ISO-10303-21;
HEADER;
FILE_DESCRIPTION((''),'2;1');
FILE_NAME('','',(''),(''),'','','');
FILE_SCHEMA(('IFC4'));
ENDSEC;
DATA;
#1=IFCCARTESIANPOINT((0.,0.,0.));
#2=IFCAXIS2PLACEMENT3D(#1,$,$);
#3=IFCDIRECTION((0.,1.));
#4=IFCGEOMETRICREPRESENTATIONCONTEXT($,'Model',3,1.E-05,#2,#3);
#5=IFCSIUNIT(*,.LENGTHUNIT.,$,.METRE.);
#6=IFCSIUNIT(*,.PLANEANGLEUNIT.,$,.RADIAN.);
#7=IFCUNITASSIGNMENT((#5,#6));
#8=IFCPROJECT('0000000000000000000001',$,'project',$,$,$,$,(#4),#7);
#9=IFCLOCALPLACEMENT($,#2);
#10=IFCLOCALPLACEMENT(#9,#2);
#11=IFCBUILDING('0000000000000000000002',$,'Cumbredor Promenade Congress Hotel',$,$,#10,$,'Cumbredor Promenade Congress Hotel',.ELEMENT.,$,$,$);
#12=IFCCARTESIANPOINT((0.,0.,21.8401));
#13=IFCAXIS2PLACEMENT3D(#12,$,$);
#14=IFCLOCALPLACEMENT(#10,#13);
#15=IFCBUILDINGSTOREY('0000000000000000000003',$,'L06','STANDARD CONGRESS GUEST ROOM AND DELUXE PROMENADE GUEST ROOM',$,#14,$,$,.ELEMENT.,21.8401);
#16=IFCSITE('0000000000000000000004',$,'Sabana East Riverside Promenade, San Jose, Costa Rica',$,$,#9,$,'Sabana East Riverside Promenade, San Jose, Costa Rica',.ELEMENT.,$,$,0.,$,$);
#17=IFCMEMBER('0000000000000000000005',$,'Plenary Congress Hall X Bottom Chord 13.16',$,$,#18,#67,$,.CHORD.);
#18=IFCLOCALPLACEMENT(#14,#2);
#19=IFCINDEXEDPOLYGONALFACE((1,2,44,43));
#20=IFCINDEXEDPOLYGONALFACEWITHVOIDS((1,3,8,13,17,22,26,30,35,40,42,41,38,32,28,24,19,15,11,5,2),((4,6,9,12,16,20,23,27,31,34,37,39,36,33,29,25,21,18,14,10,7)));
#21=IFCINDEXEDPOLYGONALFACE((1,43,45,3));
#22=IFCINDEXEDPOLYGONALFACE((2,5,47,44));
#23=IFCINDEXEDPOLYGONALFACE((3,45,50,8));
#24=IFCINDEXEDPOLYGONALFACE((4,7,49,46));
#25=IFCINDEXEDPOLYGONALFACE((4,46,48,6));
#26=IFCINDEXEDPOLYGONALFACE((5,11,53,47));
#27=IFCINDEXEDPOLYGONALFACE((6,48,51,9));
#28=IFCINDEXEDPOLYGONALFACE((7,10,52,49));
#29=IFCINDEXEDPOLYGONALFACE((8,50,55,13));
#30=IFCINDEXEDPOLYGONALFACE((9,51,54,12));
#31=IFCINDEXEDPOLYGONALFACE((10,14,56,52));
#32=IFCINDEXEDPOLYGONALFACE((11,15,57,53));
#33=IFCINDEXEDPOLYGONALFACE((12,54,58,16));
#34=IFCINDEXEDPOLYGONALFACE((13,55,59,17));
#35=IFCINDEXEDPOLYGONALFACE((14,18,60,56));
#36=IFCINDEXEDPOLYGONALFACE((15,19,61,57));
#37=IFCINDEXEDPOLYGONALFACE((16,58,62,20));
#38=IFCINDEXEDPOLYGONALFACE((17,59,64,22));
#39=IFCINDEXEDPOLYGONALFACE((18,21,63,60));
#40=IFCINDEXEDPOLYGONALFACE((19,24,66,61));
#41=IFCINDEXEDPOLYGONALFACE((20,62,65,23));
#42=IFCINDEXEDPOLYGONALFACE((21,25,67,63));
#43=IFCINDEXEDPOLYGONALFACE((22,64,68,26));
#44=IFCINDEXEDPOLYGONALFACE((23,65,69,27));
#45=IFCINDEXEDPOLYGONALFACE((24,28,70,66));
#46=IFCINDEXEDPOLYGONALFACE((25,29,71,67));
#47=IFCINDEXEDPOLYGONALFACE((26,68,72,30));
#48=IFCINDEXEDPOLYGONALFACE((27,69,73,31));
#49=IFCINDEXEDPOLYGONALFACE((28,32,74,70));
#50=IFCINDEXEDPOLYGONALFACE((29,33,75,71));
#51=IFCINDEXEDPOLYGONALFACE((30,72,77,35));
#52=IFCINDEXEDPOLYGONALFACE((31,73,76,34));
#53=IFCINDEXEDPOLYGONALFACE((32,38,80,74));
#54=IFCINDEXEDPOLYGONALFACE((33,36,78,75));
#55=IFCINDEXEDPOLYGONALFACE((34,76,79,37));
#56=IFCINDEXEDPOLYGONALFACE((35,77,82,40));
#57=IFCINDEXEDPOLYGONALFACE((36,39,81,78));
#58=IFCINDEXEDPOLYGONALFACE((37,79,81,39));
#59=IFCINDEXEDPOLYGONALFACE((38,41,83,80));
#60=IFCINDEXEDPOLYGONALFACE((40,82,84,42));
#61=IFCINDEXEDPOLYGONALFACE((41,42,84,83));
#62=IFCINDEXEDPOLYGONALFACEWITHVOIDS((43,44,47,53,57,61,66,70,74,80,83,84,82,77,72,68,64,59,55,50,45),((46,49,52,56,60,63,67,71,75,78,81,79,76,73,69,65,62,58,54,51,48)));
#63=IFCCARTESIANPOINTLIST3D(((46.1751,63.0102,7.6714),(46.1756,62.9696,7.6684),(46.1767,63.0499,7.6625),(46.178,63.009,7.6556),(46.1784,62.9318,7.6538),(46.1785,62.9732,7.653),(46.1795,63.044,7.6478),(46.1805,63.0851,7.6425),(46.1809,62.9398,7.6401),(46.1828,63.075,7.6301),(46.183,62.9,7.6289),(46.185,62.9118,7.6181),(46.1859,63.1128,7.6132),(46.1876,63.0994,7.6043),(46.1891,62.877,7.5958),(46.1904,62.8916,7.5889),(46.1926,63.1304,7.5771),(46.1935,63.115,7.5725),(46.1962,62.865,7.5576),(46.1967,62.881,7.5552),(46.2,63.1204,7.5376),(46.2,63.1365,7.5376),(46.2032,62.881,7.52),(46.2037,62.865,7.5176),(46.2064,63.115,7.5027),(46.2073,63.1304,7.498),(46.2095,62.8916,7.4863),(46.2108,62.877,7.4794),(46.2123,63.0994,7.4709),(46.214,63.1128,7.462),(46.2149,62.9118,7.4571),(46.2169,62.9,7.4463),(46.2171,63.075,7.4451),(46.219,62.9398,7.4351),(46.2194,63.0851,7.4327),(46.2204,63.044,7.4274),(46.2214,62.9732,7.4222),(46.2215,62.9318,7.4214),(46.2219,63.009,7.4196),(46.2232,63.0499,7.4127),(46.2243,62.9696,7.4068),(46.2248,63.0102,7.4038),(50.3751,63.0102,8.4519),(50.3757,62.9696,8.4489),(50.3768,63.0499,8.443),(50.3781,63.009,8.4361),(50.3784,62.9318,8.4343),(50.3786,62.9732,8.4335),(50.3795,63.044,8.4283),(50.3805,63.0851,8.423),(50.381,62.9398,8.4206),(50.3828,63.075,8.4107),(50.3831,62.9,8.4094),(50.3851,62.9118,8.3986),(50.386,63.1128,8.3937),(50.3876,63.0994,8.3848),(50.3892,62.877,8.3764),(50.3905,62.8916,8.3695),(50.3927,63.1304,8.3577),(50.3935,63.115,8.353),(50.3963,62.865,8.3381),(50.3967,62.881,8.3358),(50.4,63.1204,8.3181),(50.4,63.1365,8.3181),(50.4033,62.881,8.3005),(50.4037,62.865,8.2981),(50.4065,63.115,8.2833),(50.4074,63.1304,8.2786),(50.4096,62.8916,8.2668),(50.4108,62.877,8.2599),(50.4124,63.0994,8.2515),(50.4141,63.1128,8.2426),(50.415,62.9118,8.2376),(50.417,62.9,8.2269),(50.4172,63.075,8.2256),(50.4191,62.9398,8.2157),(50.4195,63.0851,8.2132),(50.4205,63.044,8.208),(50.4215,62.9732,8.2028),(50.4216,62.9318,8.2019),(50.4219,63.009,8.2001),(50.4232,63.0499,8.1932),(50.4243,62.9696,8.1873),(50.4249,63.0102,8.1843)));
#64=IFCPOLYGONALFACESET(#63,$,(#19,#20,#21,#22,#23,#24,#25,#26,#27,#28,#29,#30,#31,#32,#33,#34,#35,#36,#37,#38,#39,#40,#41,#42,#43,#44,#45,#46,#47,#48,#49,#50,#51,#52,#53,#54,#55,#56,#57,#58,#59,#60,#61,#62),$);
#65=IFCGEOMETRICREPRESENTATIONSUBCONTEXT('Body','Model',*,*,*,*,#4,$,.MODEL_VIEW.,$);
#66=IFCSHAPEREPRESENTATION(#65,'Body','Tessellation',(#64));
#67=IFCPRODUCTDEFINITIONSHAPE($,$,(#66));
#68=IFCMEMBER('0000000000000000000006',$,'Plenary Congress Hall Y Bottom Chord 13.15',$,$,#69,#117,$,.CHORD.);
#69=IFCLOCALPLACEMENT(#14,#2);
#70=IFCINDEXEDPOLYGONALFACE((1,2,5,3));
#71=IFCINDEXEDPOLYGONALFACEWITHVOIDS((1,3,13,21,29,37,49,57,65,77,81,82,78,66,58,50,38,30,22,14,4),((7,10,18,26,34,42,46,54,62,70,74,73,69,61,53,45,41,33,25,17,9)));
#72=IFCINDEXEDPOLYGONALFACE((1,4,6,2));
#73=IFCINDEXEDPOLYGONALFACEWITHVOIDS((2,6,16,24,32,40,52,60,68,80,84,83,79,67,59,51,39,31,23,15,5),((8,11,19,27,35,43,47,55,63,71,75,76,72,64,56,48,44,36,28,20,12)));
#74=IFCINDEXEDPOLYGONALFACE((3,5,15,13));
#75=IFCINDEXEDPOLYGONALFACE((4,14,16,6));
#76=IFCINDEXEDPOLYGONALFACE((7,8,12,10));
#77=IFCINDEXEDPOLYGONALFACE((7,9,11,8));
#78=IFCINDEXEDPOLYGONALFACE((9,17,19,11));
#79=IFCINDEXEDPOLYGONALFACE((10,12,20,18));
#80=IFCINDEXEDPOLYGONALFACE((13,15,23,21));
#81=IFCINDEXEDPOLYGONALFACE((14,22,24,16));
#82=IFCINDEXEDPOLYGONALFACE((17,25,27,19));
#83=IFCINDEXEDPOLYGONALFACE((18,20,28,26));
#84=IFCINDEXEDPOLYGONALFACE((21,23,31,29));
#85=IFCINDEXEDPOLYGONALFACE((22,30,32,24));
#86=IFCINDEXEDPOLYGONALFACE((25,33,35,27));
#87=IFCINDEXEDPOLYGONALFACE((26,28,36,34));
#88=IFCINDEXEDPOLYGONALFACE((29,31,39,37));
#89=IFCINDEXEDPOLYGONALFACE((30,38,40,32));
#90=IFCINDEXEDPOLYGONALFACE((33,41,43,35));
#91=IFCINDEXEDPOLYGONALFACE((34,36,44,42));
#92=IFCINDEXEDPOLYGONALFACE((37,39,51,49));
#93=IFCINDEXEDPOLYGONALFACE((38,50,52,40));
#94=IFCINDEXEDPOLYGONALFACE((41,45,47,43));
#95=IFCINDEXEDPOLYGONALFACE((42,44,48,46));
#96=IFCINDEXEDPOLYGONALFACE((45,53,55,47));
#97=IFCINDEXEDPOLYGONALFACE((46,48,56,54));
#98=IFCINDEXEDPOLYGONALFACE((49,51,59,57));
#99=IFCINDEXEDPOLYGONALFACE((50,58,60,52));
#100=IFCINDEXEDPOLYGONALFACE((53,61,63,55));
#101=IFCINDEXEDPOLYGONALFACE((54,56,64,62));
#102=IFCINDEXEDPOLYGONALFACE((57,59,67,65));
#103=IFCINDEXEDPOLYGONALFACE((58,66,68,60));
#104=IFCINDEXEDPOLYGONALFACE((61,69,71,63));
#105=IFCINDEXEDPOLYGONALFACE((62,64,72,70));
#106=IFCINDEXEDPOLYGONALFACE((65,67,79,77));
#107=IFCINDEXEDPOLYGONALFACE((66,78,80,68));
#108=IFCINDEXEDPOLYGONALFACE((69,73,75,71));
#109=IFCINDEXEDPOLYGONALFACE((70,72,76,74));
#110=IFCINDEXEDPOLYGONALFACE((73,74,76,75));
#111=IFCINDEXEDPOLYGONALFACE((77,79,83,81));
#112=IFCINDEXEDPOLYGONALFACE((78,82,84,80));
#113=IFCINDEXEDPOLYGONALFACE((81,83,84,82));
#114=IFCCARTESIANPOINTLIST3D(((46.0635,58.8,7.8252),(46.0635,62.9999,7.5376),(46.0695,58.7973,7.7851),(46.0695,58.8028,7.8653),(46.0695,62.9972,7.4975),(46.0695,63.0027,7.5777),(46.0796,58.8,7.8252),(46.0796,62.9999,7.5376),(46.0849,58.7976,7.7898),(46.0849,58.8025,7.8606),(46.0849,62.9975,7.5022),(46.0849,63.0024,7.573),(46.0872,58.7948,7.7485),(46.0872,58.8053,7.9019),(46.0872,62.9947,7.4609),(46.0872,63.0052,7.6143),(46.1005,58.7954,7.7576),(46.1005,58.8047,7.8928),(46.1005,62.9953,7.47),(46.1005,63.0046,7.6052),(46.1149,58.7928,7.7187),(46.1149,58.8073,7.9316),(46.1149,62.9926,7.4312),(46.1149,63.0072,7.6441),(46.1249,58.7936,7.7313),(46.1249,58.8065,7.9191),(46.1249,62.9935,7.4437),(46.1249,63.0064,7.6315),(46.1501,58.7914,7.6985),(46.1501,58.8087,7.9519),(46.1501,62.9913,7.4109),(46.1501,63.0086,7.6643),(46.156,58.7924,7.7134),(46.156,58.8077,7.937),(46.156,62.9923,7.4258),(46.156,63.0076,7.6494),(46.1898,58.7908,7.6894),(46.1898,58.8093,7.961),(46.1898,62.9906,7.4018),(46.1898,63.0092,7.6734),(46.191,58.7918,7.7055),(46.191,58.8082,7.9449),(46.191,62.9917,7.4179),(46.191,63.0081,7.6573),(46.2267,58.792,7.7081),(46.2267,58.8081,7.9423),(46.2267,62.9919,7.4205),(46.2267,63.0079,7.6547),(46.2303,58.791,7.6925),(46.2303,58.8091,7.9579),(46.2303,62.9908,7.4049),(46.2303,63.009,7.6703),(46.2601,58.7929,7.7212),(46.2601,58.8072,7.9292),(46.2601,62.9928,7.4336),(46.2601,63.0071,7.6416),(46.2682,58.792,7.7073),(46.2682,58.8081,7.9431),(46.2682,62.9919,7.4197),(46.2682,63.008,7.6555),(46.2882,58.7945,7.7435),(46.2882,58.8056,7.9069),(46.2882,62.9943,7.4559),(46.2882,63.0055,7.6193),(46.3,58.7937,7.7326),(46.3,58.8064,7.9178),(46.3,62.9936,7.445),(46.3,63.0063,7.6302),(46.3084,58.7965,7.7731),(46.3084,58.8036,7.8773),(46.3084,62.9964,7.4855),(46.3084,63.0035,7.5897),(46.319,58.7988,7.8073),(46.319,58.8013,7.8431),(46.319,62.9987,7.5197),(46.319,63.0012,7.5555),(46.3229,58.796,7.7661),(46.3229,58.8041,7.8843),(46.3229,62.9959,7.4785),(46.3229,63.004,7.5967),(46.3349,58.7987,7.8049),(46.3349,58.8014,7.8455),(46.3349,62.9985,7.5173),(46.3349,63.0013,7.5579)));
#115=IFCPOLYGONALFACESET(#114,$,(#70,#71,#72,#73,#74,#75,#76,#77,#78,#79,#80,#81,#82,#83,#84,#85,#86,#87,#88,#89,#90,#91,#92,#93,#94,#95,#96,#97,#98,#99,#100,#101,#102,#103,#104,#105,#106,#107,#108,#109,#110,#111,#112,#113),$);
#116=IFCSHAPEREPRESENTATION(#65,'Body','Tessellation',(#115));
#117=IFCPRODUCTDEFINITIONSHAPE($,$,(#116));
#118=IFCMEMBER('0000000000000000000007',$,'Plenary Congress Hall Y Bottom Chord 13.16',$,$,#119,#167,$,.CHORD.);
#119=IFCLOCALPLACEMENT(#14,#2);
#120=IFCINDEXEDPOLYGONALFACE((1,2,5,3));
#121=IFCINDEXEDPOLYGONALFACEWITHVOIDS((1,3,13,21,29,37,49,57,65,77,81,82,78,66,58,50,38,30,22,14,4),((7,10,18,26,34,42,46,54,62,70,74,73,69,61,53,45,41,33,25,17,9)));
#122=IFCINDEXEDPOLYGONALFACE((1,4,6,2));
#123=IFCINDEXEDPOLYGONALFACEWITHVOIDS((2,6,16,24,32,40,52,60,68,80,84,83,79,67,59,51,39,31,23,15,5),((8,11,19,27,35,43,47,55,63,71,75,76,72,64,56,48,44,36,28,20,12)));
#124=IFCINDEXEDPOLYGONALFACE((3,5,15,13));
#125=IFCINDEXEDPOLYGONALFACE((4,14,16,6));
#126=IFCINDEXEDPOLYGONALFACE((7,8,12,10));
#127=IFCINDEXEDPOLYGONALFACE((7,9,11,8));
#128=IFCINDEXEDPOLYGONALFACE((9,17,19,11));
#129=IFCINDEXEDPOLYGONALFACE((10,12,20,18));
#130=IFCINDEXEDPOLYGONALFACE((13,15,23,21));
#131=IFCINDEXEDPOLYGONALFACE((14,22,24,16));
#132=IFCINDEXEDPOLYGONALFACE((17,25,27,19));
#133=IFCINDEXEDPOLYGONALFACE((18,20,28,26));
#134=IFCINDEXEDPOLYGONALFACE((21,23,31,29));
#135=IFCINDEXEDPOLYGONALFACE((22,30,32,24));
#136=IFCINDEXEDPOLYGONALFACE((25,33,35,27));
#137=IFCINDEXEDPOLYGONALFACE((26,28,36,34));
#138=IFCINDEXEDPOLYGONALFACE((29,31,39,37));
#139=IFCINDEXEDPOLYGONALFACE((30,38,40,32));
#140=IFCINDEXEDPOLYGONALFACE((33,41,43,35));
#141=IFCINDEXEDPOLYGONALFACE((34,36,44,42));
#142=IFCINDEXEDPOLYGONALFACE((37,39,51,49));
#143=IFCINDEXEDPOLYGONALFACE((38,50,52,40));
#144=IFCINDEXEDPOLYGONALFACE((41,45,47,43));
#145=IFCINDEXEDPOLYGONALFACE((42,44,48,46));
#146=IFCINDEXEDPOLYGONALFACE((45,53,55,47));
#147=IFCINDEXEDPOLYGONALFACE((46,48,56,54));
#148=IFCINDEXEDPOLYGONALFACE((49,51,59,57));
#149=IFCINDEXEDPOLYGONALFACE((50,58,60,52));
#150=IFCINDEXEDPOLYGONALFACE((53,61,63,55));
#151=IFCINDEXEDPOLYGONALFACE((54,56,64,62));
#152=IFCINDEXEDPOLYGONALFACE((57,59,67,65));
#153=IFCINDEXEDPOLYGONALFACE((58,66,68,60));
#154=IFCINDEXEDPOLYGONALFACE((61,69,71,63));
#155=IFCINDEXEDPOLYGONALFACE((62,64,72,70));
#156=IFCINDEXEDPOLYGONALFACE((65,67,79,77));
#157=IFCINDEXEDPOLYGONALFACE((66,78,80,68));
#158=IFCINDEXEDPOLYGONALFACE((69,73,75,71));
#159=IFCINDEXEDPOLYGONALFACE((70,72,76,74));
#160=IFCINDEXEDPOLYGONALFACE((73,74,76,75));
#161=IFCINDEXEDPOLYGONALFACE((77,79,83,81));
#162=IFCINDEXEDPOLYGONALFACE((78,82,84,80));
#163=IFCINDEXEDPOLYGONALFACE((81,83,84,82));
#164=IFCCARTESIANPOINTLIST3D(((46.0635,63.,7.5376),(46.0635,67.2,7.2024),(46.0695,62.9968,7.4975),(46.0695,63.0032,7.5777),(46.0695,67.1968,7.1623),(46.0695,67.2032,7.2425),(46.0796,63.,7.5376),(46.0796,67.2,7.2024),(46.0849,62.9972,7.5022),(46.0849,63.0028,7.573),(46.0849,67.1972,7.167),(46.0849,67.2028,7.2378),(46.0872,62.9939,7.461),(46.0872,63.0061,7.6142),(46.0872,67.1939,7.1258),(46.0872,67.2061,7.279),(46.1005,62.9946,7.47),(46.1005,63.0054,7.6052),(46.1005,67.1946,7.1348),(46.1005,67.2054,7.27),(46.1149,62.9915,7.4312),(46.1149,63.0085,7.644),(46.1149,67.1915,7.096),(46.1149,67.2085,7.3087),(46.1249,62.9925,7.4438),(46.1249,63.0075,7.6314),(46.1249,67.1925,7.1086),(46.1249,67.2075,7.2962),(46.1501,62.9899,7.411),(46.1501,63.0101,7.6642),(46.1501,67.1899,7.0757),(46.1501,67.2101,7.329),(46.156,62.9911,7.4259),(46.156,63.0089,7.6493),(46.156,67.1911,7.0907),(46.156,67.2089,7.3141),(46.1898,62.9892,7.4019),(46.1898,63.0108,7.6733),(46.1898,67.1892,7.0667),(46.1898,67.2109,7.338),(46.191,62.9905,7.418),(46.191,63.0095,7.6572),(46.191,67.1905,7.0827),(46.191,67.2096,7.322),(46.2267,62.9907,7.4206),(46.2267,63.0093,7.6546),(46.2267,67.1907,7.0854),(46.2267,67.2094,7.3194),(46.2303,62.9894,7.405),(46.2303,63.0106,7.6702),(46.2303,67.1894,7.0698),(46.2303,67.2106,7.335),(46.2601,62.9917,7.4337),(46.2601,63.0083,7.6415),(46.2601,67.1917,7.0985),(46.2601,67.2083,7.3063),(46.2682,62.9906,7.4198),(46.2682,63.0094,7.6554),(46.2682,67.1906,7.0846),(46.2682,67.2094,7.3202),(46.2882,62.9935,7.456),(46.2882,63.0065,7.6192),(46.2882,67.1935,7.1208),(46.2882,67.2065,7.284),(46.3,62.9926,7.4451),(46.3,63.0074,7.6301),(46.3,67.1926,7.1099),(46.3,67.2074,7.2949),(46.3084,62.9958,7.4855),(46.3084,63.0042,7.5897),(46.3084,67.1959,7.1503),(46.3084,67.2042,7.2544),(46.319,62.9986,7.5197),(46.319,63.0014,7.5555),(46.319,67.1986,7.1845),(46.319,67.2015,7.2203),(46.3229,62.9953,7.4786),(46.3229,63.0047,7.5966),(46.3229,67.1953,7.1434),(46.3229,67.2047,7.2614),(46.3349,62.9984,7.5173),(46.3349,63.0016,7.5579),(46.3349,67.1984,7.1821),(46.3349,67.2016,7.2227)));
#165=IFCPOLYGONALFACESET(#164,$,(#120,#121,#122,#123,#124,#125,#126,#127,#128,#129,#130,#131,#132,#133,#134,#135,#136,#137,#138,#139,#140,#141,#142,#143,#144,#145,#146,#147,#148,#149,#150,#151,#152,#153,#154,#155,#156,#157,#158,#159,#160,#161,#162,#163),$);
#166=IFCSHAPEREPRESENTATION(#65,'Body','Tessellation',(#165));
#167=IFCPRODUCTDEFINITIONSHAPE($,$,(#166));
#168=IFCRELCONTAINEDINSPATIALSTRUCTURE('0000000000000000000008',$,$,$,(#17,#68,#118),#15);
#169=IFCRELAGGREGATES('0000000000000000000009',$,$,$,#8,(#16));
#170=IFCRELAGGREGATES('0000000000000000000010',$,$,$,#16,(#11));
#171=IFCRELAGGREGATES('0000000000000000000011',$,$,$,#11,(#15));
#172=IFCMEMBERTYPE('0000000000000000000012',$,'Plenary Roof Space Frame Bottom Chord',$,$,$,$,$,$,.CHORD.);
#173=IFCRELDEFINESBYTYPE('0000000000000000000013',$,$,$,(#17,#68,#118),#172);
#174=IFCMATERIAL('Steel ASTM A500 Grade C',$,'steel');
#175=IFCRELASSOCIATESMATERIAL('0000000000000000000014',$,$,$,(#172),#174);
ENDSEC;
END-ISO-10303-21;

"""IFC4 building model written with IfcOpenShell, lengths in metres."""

from ifc_helpers import new_model, si_unit, direction, frame, origin, origin_2d, place, context, subcontext, project, spatial, hollow_circle, extrude, material, material_profile, profile_set, type_object, element, save


model = new_model("IFC4")

# Units and contexts
model_context = context("Model", 3, precision=1e-05, world=origin(), true_north=direction((0.0, 1.0)))
body_context = subcontext(model_context, "Body", "Model", "MODEL_VIEW")
ifc_project = project(units=[si_unit("LENGTHUNIT", "METRE"), si_unit("PLANEANGLEUNIT", "RADIAN")], contexts=[model_context])

# Site, building, storey
site_placement = place(None, origin())
site = spatial("IfcSite", under=ifc_project, at=site_placement, Name="Sabana East Riverside Promenade, San Jose, Costa Rica", LongName="Sabana East Riverside Promenade, San Jose, Costa Rica", CompositionType="ELEMENT", RefElevation=0.0)
building_placement = place(site_placement, origin())
building = spatial("IfcBuilding", under=site, at=building_placement, Name="Cumbredor Promenade Congress Hotel", LongName="Cumbredor Promenade Congress Hotel", CompositionType="ELEMENT")
storey_placement = place(building_placement, frame((0.0, 0.0, 21.8401)))
storey = spatial("IfcBuildingStorey", under=building, at=storey_placement, Name="L06", Description="STANDARD CONGRESS GUEST ROOM AND DELUXE PROMENADE GUEST ROOM", CompositionType="ELEMENT", Elevation=21.8401)

# Members
ifc_material_1 = material(Name="Steel ASTM A500 Grade C", Category="steel")
ifc_material_profile_1 = material_profile(ifc_material_1, hollow_circle(Radius=0.1365, WallThickness=0.0161, at=origin_2d()), Name="CHS 273.0x16")
ifc_profile_set_1 = profile_set([ifc_material_profile_1], Name="Steel ASTM A500 Grade C")
member_type_1 = type_object("IfcMemberType", Name="Plenary Roof Space Frame Bottom Chord", PredefinedType="CHORD", material=ifc_profile_set_1)
member_1_placement = place(storey_placement, frame((46.2, 63.0, 7.5376), z_axis=(0.983167, 0.0, 0.182711), x_axis=(0.0, 1.0, 0.0)))
element("IfcMember", 1, at=member_1_placement, inside=storey, type_object=member_type_1, Name="Plenary Congress Hall X Bottom Chord 13.16", PredefinedType="CHORD", context=body_context, shape_type="SweptSolid", body=[
    extrude(hollow_circle(Radius=0.1365, WallThickness=0.0161, at=origin_2d()), origin(), (0.0, 0.0, 1.0), 4.272),
])
member_2_placement = place(storey_placement, frame((46.2, 58.8, 7.8252), z_axis=(0.0, 0.997664, -0.068316), x_axis=(-1.0, 0.0, 0.0)))
element("IfcMember", 2, at=member_2_placement, inside=storey, type_object=member_type_1, Name="Plenary Congress Hall Y Bottom Chord 13.15", PredefinedType="CHORD", context=body_context, shape_type="SweptSolid", body=[
    extrude(hollow_circle(Radius=0.1365, WallThickness=0.0161, at=origin_2d()), origin(), (0.0, 0.0, 1.0), 4.2097),
])
member_3_placement = place(storey_placement, frame((46.2, 63.0, 7.5376), z_axis=(0.0, 0.99683, -0.079559), x_axis=(-1.0, 0.0, 0.0)))
element("IfcMember", 3, at=member_3_placement, inside=storey, type_object=member_type_1, Name="Plenary Congress Hall Y Bottom Chord 13.16", PredefinedType="CHORD", context=body_context, shape_type="SweptSolid", body=[
    extrude(hollow_circle(Radius=0.1365, WallThickness=0.0161, at=origin_2d()), origin(), (0.0, 0.0, 1.0), 4.2134),
])

save(model, "model.ifc")
